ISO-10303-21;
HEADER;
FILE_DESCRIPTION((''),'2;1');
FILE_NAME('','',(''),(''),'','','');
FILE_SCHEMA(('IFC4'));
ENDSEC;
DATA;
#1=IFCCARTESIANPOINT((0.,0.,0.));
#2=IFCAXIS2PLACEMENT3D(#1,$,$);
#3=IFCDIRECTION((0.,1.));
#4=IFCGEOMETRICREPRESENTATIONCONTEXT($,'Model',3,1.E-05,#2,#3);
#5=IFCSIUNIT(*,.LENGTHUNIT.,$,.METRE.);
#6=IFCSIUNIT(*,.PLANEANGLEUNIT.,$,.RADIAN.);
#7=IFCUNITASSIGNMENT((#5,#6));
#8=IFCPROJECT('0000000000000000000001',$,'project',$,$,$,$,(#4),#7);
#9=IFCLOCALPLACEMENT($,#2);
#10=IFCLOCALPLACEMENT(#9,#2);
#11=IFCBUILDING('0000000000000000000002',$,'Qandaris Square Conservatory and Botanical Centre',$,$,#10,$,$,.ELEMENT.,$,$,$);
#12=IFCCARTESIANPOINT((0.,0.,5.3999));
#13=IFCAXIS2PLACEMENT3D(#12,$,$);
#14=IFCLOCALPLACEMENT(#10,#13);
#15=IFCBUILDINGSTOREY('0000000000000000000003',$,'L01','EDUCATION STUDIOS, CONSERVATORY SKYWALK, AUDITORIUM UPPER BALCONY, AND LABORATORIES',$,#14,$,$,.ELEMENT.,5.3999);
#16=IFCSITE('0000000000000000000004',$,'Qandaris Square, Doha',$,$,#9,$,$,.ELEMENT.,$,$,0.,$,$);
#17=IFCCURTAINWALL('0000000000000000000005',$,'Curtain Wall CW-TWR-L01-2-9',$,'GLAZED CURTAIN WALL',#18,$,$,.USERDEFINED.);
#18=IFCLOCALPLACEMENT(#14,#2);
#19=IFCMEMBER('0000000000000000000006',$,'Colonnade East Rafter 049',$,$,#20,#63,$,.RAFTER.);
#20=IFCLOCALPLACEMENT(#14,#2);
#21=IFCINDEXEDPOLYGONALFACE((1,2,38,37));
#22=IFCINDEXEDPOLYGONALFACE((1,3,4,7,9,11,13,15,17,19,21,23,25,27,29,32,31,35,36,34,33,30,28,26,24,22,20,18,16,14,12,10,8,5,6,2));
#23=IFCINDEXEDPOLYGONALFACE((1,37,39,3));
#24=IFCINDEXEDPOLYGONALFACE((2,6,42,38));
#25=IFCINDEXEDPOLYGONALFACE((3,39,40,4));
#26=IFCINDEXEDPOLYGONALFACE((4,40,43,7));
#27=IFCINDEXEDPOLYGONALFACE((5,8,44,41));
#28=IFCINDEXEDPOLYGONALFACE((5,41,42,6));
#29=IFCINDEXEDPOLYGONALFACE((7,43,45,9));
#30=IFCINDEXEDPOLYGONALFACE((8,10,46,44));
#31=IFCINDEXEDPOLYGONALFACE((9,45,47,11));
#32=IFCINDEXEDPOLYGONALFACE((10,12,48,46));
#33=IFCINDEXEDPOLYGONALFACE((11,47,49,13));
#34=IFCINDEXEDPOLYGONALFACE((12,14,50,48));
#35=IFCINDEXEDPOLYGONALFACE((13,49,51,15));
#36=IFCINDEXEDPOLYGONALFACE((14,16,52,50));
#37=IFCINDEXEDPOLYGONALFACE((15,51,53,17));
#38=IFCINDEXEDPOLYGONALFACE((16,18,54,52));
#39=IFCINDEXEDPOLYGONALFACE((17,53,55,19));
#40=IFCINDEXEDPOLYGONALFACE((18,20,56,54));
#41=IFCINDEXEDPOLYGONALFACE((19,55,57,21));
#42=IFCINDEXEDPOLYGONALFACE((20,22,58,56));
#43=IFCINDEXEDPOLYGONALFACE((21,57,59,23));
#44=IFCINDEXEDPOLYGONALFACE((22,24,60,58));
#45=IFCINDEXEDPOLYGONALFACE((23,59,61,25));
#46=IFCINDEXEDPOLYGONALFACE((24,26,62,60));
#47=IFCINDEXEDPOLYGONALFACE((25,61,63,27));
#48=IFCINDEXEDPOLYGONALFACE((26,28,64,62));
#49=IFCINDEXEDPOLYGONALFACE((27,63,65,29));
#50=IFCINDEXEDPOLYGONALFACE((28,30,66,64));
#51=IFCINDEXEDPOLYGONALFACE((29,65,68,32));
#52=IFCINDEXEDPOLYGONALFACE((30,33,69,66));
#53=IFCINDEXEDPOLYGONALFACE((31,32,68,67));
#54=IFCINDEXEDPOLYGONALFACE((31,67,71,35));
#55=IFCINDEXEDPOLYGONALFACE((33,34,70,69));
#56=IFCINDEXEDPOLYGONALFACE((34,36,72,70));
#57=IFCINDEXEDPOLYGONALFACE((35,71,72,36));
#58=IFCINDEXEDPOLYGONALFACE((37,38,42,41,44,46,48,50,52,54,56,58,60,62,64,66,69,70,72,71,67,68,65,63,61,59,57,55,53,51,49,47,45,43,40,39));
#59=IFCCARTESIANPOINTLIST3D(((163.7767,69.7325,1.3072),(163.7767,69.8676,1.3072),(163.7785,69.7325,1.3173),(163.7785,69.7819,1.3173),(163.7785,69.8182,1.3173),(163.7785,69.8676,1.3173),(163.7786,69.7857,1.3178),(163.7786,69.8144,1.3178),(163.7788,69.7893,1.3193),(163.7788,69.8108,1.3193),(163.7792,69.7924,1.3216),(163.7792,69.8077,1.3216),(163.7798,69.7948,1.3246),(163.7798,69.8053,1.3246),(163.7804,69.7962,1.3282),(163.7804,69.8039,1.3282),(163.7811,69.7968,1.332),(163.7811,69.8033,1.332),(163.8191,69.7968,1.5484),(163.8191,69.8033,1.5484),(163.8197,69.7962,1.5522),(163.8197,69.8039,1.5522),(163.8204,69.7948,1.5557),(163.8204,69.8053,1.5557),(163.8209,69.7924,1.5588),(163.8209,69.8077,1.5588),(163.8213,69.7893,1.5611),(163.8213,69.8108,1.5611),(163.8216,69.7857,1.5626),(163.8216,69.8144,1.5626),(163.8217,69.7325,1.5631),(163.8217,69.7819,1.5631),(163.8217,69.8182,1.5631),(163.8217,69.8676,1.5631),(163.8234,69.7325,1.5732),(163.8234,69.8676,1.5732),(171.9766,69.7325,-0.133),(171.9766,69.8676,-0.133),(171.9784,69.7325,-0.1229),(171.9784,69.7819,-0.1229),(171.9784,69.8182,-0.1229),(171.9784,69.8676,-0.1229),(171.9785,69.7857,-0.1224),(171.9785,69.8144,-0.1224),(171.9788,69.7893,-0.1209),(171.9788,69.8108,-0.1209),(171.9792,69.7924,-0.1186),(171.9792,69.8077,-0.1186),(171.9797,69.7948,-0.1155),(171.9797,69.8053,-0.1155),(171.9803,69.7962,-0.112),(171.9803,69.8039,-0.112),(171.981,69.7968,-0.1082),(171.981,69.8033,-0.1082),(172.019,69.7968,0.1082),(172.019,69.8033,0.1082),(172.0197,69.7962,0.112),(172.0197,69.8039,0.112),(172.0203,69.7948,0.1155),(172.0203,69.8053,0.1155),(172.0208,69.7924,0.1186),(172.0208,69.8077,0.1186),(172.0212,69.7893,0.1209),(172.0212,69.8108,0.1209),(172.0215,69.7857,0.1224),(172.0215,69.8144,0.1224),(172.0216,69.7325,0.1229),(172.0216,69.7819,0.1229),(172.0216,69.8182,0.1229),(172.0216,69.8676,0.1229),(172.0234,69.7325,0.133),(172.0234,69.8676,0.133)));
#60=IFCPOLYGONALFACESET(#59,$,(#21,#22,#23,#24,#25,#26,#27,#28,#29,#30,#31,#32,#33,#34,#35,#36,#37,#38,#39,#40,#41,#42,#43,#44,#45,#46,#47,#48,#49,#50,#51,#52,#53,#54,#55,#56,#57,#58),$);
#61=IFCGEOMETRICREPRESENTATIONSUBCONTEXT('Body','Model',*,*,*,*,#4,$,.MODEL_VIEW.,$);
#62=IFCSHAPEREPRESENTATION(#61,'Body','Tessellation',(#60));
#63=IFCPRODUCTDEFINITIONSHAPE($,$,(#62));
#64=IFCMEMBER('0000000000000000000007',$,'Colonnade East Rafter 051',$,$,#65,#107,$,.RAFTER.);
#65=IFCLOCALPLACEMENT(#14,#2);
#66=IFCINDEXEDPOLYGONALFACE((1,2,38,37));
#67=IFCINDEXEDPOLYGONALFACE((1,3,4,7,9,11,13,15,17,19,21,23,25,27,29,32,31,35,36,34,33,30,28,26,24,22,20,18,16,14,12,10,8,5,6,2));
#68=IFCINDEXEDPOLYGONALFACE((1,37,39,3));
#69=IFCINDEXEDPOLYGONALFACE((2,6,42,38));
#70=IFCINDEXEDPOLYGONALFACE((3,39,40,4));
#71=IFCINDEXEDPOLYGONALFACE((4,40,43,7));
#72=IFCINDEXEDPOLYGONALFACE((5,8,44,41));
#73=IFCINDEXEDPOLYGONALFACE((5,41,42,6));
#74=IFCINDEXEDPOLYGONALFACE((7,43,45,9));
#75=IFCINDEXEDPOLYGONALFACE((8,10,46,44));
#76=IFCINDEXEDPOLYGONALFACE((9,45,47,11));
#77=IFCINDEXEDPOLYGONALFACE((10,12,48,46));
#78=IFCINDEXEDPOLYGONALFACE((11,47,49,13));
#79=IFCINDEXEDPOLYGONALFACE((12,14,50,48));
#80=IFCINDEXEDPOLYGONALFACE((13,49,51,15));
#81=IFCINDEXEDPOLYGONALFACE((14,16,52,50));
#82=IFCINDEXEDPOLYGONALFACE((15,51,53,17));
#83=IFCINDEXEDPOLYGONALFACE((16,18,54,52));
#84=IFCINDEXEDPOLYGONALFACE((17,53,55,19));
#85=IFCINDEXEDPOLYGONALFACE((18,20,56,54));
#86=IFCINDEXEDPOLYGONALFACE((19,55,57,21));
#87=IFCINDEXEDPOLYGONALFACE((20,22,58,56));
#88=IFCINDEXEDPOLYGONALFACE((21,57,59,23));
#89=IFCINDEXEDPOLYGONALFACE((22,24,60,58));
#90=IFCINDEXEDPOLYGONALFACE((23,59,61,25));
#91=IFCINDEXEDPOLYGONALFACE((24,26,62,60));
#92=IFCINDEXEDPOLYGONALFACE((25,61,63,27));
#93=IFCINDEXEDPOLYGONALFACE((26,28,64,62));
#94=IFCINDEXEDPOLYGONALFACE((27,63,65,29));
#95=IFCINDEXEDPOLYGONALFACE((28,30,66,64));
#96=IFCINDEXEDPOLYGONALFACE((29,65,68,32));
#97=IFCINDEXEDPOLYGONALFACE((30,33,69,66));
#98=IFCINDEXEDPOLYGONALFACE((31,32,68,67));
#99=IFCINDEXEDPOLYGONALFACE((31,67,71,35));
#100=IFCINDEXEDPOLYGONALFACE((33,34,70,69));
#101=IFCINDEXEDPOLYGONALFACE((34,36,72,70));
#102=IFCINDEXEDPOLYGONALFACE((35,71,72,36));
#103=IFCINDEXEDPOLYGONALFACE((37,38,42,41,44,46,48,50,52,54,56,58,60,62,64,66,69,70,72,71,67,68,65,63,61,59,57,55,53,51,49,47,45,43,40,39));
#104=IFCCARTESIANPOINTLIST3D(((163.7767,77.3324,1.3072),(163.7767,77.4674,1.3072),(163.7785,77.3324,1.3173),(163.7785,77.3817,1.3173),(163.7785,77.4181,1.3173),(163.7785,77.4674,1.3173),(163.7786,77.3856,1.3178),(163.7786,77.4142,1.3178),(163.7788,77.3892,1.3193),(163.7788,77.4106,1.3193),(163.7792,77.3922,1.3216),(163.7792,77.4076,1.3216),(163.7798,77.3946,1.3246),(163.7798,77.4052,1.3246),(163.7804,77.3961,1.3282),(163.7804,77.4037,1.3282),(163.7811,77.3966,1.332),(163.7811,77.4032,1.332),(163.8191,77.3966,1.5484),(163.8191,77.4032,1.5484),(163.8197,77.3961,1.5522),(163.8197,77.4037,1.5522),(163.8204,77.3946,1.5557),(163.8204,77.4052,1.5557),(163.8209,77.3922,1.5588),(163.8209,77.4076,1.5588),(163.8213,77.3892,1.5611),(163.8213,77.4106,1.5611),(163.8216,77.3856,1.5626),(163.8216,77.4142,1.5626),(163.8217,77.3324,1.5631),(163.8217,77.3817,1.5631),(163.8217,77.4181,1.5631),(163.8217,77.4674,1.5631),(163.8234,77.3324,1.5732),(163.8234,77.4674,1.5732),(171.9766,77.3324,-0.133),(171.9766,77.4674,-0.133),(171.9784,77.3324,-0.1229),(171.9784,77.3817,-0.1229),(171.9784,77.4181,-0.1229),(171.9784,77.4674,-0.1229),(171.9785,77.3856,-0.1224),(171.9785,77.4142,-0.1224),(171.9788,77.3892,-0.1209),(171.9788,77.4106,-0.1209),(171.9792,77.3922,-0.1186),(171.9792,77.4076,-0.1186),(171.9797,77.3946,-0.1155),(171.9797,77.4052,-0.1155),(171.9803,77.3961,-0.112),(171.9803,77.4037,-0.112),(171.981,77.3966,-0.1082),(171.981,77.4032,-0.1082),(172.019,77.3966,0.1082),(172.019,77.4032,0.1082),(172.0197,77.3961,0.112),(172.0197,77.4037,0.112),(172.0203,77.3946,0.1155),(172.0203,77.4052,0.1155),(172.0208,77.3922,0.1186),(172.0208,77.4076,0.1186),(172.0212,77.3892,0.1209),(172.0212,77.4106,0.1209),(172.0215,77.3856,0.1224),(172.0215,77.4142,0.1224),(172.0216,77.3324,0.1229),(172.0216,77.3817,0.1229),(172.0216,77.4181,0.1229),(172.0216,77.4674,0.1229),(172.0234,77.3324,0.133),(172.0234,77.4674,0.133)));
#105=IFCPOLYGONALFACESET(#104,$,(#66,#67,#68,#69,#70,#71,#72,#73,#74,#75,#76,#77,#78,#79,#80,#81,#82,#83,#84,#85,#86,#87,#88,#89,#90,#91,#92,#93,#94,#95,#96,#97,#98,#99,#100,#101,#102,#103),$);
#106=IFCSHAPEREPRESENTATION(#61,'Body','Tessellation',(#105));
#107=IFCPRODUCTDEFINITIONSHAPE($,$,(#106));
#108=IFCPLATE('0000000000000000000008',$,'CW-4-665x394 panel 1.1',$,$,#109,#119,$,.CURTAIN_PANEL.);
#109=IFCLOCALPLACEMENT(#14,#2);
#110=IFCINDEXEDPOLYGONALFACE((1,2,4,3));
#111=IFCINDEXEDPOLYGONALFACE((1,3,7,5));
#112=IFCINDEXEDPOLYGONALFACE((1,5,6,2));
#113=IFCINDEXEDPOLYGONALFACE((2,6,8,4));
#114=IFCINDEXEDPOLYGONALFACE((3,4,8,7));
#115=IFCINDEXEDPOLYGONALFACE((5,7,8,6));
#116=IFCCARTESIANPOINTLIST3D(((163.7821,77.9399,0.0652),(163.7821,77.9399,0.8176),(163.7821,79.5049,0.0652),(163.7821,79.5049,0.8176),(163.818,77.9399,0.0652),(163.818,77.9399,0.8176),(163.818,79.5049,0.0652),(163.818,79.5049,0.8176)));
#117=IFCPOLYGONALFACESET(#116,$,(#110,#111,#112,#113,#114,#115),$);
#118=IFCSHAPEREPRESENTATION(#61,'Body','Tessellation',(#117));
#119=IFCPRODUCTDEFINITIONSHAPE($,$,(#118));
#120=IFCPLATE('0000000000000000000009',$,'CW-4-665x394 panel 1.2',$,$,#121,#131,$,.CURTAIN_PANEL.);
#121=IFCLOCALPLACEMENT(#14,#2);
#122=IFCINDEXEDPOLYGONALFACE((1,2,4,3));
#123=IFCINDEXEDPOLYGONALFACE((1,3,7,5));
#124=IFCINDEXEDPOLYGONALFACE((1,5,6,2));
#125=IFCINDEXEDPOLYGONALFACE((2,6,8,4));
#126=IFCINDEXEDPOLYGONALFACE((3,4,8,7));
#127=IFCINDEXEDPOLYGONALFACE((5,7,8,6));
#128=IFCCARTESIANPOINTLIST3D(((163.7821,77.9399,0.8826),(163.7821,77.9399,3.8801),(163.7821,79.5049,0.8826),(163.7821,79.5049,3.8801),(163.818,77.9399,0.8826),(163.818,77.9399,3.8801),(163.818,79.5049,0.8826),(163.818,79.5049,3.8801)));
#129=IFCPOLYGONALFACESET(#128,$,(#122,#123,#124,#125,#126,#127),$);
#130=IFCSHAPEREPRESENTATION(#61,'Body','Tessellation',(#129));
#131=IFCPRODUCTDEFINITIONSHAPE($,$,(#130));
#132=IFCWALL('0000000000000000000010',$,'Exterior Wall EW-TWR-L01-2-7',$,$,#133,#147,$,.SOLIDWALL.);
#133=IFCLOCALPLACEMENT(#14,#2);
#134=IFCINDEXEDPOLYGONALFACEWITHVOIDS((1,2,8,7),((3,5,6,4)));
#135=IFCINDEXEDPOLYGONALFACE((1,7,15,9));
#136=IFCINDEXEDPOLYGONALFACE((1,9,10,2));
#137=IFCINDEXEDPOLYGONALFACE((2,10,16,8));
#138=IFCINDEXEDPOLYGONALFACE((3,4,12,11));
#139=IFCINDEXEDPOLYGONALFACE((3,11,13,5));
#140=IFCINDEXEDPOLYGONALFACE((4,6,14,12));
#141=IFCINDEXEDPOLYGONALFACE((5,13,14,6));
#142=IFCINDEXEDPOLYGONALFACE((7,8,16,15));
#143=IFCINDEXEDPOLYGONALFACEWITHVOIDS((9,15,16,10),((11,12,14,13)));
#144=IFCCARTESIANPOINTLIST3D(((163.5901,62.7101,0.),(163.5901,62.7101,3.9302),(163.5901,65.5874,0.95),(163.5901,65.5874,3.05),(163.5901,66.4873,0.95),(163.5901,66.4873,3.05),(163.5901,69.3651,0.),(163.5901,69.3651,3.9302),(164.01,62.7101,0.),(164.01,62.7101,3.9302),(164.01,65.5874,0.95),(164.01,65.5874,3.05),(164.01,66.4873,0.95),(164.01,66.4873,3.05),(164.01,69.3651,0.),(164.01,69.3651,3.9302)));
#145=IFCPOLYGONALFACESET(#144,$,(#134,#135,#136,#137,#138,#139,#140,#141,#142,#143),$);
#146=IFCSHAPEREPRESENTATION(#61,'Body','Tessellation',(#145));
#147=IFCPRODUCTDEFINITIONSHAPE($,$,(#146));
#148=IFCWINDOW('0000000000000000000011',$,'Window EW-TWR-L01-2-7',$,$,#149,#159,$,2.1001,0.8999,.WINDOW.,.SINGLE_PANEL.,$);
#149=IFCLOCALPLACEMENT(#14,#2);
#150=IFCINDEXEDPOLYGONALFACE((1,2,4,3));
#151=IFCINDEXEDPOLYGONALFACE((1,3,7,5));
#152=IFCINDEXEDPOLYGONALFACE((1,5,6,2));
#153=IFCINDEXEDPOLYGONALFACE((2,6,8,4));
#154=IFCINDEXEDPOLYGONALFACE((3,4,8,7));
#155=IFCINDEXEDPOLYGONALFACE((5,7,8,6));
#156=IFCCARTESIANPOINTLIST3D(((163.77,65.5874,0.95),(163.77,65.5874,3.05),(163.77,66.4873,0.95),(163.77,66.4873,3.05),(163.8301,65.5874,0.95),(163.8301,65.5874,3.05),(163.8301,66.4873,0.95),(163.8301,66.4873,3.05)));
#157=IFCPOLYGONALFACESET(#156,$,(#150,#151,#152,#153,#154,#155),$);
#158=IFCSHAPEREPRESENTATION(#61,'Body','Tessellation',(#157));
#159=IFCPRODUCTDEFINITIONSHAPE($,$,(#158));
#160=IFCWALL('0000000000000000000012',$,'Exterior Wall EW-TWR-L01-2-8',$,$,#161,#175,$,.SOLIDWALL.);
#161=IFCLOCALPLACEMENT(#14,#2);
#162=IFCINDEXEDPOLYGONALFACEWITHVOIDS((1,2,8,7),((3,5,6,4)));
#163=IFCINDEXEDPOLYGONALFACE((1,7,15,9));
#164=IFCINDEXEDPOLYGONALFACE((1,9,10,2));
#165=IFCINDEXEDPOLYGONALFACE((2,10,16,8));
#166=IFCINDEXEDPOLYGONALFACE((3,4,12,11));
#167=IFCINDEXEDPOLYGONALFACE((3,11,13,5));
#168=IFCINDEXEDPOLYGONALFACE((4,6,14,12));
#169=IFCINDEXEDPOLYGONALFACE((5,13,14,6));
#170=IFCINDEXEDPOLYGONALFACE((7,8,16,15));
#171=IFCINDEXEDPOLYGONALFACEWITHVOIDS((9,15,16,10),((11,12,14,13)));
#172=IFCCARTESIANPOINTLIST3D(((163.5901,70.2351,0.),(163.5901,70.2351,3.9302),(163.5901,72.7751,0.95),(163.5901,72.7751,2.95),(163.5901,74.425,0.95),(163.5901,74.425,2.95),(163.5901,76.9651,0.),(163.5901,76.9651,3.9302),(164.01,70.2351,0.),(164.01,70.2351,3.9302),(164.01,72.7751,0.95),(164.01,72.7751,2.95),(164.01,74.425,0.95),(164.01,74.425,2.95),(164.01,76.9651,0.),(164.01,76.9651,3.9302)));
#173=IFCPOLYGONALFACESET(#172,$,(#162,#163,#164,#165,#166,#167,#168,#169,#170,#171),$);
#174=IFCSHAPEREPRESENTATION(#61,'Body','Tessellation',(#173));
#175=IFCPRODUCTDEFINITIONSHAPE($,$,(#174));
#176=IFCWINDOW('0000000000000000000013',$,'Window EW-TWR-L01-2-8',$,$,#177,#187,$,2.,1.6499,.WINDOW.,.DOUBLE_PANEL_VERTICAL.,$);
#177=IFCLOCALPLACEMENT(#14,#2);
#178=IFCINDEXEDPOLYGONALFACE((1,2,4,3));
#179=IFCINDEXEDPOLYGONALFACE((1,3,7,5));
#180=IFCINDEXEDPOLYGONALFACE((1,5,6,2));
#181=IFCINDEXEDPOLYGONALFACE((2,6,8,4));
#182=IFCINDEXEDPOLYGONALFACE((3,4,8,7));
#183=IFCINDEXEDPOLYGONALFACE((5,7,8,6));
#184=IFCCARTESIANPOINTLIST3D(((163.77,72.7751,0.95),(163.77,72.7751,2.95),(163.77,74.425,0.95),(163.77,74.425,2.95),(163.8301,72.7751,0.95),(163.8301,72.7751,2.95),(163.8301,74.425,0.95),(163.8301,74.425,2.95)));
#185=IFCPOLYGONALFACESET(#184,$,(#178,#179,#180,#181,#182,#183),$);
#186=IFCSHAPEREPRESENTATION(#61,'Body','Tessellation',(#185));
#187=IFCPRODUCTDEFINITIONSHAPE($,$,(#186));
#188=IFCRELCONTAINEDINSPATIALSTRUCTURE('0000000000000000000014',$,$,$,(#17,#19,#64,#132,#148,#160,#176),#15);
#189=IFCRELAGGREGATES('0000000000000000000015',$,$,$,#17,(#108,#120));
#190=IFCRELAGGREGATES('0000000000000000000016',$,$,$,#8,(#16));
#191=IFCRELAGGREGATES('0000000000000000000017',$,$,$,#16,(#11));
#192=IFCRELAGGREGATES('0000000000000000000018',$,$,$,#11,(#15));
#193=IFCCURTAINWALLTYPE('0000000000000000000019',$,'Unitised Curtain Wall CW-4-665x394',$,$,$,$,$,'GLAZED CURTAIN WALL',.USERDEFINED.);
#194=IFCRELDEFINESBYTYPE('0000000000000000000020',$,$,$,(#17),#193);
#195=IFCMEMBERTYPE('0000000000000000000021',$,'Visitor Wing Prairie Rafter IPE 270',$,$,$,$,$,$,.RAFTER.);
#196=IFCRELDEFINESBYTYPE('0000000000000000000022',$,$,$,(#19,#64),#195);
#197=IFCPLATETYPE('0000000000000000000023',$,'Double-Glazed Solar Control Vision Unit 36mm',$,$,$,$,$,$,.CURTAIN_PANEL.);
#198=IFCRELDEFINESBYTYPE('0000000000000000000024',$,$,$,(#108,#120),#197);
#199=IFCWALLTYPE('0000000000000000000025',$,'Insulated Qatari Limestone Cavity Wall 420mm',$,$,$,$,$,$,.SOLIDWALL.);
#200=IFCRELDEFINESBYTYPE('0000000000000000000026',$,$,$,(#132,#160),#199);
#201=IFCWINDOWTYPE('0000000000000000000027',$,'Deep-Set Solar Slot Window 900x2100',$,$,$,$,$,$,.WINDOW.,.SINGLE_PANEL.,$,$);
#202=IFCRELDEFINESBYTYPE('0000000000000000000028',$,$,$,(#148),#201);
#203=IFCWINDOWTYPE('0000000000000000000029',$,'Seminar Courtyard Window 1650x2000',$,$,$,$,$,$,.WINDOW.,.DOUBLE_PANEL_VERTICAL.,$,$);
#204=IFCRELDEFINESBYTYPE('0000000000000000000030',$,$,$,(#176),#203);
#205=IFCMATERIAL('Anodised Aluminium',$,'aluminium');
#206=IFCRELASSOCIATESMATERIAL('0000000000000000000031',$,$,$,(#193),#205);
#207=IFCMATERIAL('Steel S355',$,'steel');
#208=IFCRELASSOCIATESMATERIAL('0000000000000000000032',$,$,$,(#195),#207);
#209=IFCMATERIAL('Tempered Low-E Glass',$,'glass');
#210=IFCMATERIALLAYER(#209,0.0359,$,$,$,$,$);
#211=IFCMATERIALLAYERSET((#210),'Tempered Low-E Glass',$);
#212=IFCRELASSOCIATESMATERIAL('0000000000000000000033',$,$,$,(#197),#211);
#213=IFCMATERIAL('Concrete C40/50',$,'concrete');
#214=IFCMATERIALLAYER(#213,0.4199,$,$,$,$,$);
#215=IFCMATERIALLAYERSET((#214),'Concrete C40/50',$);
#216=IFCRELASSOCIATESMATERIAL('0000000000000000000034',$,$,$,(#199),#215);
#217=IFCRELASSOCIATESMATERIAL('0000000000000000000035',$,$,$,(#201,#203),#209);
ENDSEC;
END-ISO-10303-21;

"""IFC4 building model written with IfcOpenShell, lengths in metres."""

from ifc_helpers import new_model, si_unit, direction, frame, frame_2d, origin, origin_2d, place, context, subcontext, project, spatial, rectangle, i_section, extrude, material, layer, layer_set, material_profile, profile_set, type_object, element, fill, aggregate, save


model = new_model("IFC4")

# Units and contexts
model_context = context("Model", 3, precision=1e-05, world=origin(), true_north=direction((0.0, 1.0)))
body_context = subcontext(model_context, "Body", "Model", "MODEL_VIEW")
ifc_project = project(units=[si_unit("LENGTHUNIT", "METRE"), si_unit("PLANEANGLEUNIT", "RADIAN")], contexts=[model_context])

# Site, building, storey
site_placement = place(None, origin())
site = spatial("IfcSite", under=ifc_project, at=site_placement, Name="Qandaris Square, Doha", CompositionType="ELEMENT", RefElevation=0.0)
building_placement = place(site_placement, origin())
building = spatial("IfcBuilding", under=site, at=building_placement, Name="Qandaris Square Conservatory and Botanical Centre", CompositionType="ELEMENT")
storey_placement = place(building_placement, frame((0.0, 0.0, 5.3999)))
storey = spatial("IfcBuildingStorey", under=building, at=storey_placement, Name="L01", Description="EDUCATION STUDIOS, CONSERVATORY SKYWALK, AUDITORIUM UPPER BALCONY, AND LABORATORIES", CompositionType="ELEMENT", Elevation=5.3999)

# Shared definitions
ifc_material_1 = material(Name="Steel S355", Category="steel")

# Curtain wall
ifc_material_2 = material(Name="Anodised Aluminium", Category="aluminium")
curtain_wall_type = type_object("IfcCurtainWallType", Name="Unitised Curtain Wall CW-4-665x394", ElementType="GLAZED CURTAIN WALL", PredefinedType="USERDEFINED", material=ifc_material_2)
curtain_wall_placement = place(storey_placement, origin())
curtain_wall = element("IfcCurtainWall", 1, at=curtain_wall_placement, inside=storey, type_object=curtain_wall_type, Name="Curtain Wall CW-TWR-L01-2-9", ObjectType="GLAZED CURTAIN WALL", PredefinedType="USERDEFINED")

# Members
ifc_material_profile_1 = material_profile(ifc_material_1, i_section(OverallWidth=0.135, OverallDepth=0.27, WebThickness=0.0066, FlangeThickness=0.0103, FilletRadius=0.0149, at=origin_2d()), Name="IPE 270")
ifc_profile_set_1 = profile_set([ifc_material_profile_1], Name="Steel S355")
member_type_1 = type_object("IfcMemberType", Name="Visitor Wing Prairie Rafter IPE 270", PredefinedType="RAFTER", material=ifc_profile_set_1)
for number, where, z_axis, x_axis, name in (
    (2, (172.0, 69.8, 0.0), (-0.984924, 0.0, 0.172986), (0.0, -1.0, 0.0), "Colonnade East Rafter 049"),
    (3, (172.0, 77.3999, 0.0), (-0.984924, 0.0, 0.172986), (0.0, -1.0, 0.0), "Colonnade East Rafter 051"),
):
    element("IfcMember", number, at=place(storey_placement, frame(where, z_axis=z_axis, x_axis=x_axis)), inside=storey, type_object=member_type_1, Name=name, PredefinedType="RAFTER", context=body_context, shape_type="SweptSolid", body=[
        extrude(i_section(OverallWidth=0.135, OverallDepth=0.27, WebThickness=0.0066, FlangeThickness=0.0103, FilletRadius=0.0149, at=origin_2d()), origin(), (0.0, 0.0, 1.0), 8.3254),
    ])

# Plates
ifc_material_3 = material(Name="Tempered Low-E Glass", Category="glass")
ifc_layer_1 = layer(ifc_material_3, 0.0359)
ifc_layer_set_1 = layer_set([ifc_layer_1], Name="Tempered Low-E Glass")
plate_type = type_object("IfcPlateType", Name="Double-Glazed Solar Control Vision Unit 36mm", PredefinedType="CURTAIN_PANEL", material=ifc_layer_set_1)
plate_1_placement = place(storey_placement, frame((163.8, 78.7224, 0.0652), z_axis=(0.0, 0.0, 1.0), x_axis=(0.0, 1.0, 0.0)))
plate_1 = element("IfcPlate", 4, at=plate_1_placement, type_object=plate_type, Name="CW-4-665x394 panel 1.1", PredefinedType="CURTAIN_PANEL", context=body_context, shape_type="SweptSolid", body=[
    extrude(rectangle(XDim=1.5649, YDim=0.0359, at=origin_2d()), origin(), (0.0, 0.0, 1.0), 0.7524),
])
plate_2_placement = place(storey_placement, frame((163.8, 78.7224, 0.8826), z_axis=(0.0, 0.0, 1.0), x_axis=(0.0, 1.0, 0.0)))
plate_2 = element("IfcPlate", 5, at=plate_2_placement, type_object=plate_type, Name="CW-4-665x394 panel 1.2", PredefinedType="CURTAIN_PANEL", context=body_context, shape_type="SweptSolid", body=[
    extrude(rectangle(XDim=1.5649, YDim=0.0359, at=origin_2d()), origin(), (0.0, 0.0, 1.0), 2.9976),
])
aggregate(curtain_wall, [plate_1, plate_2])

# Walls, openings, windows
ifc_material_4 = material(Name="Concrete C40/50", Category="concrete")
ifc_layer_2 = layer(ifc_material_4, 0.4199)
ifc_layer_set_2 = layer_set([ifc_layer_2], Name="Concrete C40/50")
wall_type = type_object("IfcWallType", Name="Insulated Qatari Limestone Cavity Wall 420mm", PredefinedType="SOLIDWALL", material=ifc_layer_set_2)
wall_1_placement = place(storey_placement, frame((163.8, 62.71, 0.0), z_axis=(0.0, 0.0, 1.0), x_axis=(0.0, 1.0, 0.0)))
wall_1 = element("IfcWall", 6, at=wall_1_placement, inside=storey, type_object=wall_type, Name="Exterior Wall EW-TWR-L01-2-7", PredefinedType="SOLIDWALL", context=body_context, shape_type="SweptSolid", body=[
    extrude(rectangle(XDim=6.655, YDim=0.4199, at=frame_2d((3.3276, 0.0))), origin(), (0.0, 0.0, 1.0), 3.9302),
])
opening_1_placement = place(wall_1_placement, frame((2.8774, 0.0, 0.95)))
opening_1 = element("IfcOpeningElement", 7, at=opening_1_placement, cuts=wall_1, PredefinedType="OPENING", context=body_context, shape_type="SweptSolid", body=[
    extrude(rectangle(XDim=0.8999, YDim=2.1001, at=frame_2d((0.45, 1.05))), frame((0.0, 0.2219, 0.0), z_axis=(0.0, -1.0, 0.0), x_axis=(1.0, 0.0, 0.0)), (0.0, 0.0, 1.0), 0.4438),
])
window_type_1 = type_object("IfcWindowType", Name="Deep-Set Solar Slot Window 900x2100", PartitioningType="SINGLE_PANEL", PredefinedType="WINDOW", material=ifc_material_3)
window_1_placement = place(opening_1_placement, origin())
window_1 = element("IfcWindow", 8, at=window_1_placement, inside=storey, type_object=window_type_1, Name="Window EW-TWR-L01-2-7", OverallHeight=2.1001, OverallWidth=0.8999, PartitioningType="SINGLE_PANEL", PredefinedType="WINDOW", context=body_context, shape_type="SweptSolid", body=[
    extrude(rectangle(XDim=0.8999, YDim=2.1001, at=frame_2d((0.45, 1.05))), frame((0.0, 0.03, 0.0), z_axis=(0.0, -1.0, 0.0), x_axis=(1.0, 0.0, 0.0)), (0.0, 0.0, 1.0), 0.0601),
])
fill(opening_1, window_1)
wall_2_placement = place(storey_placement, frame((163.8, 70.2351, 0.0), z_axis=(0.0, 0.0, 1.0), x_axis=(0.0, 1.0, 0.0)))
wall_2 = element("IfcWall", 9, at=wall_2_placement, inside=storey, type_object=wall_type, Name="Exterior Wall EW-TWR-L01-2-8", PredefinedType="SOLIDWALL", context=body_context, shape_type="SweptSolid", body=[
    extrude(rectangle(XDim=6.73, YDim=0.4199, at=frame_2d((3.365, 0.0))), origin(), (0.0, 0.0, 1.0), 3.9302),
])
opening_2_placement = place(wall_2_placement, frame((2.54, 0.0, 0.95)))
opening_2 = element("IfcOpeningElement", 10, at=opening_2_placement, cuts=wall_2, PredefinedType="OPENING", context=body_context, shape_type="SweptSolid", body=[
    extrude(rectangle(XDim=1.6499, YDim=2.0, at=frame_2d((0.825, 1.0))), frame((0.0, 0.2219, 0.0), z_axis=(0.0, -1.0, 0.0), x_axis=(1.0, 0.0, 0.0)), (0.0, 0.0, 1.0), 0.4438),
])
window_type_2 = type_object("IfcWindowType", Name="Seminar Courtyard Window 1650x2000", PartitioningType="DOUBLE_PANEL_VERTICAL", PredefinedType="WINDOW", material=ifc_material_3)
window_2_placement = place(opening_2_placement, origin())
window_2 = element("IfcWindow", 11, at=window_2_placement, inside=storey, type_object=window_type_2, Name="Window EW-TWR-L01-2-8", OverallHeight=2.0, OverallWidth=1.6499, PartitioningType="DOUBLE_PANEL_VERTICAL", PredefinedType="WINDOW", context=body_context, shape_type="SweptSolid", body=[
    extrude(rectangle(XDim=1.6499, YDim=2.0, at=frame_2d((0.825, 1.0))), frame((0.0, 0.03, 0.0), z_axis=(0.0, -1.0, 0.0), x_axis=(1.0, 0.0, 0.0)), (0.0, 0.0, 1.0), 0.0601),
])
fill(opening_2, window_2)

save(model, "model.ifc")
